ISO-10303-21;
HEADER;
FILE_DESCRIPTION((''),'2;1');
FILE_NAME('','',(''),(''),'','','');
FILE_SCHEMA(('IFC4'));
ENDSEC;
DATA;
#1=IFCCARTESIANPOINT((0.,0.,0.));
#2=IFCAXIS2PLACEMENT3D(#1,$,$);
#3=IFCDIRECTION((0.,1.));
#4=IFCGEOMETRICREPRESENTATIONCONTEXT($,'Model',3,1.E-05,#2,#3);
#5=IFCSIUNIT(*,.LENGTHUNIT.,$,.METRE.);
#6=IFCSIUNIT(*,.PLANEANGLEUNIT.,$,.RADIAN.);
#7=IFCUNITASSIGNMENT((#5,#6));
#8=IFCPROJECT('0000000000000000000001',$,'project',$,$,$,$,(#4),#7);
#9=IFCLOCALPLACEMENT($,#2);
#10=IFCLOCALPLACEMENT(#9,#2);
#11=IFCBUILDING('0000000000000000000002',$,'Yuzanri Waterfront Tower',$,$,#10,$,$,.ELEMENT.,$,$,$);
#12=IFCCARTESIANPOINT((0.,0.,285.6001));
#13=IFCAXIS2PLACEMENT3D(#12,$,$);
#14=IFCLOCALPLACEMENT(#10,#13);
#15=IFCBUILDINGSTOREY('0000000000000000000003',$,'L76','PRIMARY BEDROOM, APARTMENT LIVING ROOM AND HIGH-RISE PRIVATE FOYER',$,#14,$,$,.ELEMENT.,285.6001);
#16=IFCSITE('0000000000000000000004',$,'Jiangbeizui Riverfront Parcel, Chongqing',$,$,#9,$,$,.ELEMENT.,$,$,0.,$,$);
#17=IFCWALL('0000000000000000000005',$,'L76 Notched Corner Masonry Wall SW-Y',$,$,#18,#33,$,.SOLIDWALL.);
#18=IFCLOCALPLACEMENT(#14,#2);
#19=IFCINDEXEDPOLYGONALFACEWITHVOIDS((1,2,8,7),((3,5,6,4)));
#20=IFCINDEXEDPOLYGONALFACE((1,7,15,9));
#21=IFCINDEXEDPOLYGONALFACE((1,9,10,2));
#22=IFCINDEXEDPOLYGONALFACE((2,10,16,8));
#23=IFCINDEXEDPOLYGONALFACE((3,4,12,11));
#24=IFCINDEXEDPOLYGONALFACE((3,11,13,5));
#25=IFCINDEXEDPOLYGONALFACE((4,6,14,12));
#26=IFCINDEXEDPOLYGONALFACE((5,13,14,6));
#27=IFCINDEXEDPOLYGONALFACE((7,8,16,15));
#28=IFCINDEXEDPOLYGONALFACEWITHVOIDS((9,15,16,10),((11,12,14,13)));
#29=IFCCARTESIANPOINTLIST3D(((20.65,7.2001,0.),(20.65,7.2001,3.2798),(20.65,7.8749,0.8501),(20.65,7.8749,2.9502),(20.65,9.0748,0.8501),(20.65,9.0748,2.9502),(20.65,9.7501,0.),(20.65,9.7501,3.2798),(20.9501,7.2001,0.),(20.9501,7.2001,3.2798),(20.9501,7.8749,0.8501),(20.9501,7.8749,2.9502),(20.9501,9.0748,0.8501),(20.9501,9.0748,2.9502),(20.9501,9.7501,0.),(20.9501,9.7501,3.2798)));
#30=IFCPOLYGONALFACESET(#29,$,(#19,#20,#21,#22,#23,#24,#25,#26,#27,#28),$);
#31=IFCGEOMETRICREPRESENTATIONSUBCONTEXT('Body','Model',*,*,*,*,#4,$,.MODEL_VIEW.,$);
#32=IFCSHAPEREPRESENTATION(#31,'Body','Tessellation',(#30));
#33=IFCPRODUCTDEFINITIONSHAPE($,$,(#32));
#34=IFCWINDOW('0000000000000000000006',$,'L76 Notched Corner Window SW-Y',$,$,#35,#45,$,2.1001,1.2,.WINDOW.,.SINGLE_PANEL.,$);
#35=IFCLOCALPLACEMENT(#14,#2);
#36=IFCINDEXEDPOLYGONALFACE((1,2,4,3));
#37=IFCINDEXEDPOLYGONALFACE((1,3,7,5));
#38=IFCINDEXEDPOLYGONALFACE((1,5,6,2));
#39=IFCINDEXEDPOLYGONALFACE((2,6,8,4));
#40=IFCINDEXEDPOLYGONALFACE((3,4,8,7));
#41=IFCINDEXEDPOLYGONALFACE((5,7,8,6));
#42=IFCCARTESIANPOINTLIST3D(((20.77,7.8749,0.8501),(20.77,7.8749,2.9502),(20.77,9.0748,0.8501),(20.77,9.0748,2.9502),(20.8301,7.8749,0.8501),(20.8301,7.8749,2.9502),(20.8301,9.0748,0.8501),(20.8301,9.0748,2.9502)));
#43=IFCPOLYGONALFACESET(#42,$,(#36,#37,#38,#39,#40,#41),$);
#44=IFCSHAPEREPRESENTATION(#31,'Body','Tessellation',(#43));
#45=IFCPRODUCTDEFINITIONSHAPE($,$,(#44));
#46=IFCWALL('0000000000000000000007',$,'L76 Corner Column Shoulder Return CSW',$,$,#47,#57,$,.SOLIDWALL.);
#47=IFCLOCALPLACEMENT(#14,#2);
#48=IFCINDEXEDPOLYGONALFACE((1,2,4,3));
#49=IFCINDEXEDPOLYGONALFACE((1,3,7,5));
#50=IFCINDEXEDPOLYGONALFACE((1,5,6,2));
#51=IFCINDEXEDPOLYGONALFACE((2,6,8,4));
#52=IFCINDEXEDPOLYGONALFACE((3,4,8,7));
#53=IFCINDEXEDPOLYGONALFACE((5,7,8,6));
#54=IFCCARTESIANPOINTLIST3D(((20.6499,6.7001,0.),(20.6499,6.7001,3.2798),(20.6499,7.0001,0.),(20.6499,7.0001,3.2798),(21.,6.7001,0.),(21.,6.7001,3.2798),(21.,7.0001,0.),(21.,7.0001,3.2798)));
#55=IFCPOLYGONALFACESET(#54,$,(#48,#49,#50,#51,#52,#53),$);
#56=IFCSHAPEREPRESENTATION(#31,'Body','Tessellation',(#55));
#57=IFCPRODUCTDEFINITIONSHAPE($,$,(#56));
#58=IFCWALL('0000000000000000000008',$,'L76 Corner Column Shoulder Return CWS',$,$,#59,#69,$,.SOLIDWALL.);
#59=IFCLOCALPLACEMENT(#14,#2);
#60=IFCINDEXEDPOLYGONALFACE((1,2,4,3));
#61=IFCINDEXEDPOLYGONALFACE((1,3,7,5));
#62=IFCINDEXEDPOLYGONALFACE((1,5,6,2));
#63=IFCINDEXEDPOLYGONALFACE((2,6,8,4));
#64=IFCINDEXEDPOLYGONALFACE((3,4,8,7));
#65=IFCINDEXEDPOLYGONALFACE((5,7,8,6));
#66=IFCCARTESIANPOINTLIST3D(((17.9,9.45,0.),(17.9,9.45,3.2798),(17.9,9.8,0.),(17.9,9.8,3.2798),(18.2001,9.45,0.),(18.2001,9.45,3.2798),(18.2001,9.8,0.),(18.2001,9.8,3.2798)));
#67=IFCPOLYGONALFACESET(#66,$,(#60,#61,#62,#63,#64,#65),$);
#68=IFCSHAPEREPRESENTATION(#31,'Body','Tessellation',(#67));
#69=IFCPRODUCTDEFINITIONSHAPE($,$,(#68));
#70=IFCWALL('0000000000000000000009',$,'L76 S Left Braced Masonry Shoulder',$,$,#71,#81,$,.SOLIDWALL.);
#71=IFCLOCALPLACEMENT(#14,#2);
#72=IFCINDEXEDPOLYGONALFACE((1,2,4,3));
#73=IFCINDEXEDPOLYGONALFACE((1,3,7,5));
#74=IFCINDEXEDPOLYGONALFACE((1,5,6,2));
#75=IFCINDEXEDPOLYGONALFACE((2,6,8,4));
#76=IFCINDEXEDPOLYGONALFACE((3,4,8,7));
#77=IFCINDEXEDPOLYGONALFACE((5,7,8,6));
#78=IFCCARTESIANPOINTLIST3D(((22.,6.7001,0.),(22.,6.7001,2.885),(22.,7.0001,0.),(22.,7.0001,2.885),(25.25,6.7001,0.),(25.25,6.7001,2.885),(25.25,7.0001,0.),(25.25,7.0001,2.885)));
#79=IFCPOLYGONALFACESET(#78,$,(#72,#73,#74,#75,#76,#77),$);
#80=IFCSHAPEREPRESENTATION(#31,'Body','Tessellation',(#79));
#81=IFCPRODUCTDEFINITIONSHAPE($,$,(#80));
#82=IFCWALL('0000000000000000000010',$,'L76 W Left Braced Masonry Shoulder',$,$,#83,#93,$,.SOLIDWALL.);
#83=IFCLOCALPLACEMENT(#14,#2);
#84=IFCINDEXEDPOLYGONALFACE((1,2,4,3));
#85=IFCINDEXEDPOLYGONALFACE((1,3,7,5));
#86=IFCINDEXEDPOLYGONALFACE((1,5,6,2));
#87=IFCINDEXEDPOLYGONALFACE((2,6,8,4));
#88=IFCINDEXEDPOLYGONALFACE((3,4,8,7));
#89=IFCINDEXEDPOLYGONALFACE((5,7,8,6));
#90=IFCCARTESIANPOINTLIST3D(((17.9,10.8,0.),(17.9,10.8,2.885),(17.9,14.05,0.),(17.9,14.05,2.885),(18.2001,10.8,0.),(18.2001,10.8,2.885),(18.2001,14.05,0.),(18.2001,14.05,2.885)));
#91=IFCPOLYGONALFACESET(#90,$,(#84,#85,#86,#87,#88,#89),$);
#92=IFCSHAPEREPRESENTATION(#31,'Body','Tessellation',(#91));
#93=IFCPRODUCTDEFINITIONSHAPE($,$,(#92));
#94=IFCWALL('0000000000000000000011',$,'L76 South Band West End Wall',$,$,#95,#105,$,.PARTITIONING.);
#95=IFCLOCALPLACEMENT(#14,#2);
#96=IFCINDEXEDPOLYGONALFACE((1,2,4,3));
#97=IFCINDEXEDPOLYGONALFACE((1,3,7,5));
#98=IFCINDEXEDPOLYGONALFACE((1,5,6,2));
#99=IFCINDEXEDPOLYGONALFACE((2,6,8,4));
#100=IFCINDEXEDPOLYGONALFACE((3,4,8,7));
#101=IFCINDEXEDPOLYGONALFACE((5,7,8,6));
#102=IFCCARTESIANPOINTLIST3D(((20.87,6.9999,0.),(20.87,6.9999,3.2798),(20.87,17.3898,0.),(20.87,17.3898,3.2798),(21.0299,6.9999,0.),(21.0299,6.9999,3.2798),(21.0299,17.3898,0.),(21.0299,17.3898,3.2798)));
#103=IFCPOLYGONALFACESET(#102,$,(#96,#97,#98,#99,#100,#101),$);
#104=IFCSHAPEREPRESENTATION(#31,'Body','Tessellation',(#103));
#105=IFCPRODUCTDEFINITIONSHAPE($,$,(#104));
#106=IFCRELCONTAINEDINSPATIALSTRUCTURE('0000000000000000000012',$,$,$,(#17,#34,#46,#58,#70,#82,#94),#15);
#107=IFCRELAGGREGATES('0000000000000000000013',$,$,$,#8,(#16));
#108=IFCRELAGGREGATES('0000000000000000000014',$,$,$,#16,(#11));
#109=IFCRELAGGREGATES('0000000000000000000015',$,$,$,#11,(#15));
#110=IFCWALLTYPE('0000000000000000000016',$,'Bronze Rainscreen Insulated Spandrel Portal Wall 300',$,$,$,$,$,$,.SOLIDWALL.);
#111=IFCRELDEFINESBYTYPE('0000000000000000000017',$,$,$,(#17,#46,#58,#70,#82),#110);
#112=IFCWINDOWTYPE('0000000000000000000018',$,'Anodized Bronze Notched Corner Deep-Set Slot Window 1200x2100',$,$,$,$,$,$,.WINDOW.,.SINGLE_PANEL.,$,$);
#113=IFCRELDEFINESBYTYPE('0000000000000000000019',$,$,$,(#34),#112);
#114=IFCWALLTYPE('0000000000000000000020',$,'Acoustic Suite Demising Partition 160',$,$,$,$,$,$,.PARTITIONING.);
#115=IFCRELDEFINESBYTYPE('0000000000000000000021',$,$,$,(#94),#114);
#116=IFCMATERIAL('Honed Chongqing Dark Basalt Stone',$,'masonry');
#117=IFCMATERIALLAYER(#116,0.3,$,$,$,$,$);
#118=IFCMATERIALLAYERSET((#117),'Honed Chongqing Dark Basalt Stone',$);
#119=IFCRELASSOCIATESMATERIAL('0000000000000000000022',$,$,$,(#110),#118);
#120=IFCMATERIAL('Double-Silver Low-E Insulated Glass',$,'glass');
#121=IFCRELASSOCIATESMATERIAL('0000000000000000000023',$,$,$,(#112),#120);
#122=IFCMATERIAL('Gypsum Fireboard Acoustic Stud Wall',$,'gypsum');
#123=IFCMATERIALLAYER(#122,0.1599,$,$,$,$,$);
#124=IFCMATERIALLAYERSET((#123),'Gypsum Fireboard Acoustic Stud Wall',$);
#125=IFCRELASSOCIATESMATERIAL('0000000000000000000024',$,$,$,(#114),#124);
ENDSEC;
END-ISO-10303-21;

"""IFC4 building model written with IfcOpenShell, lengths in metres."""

from ifc_helpers import new_model, si_unit, direction, frame, frame_2d, origin, place, context, subcontext, project, spatial, rectangle, extrude, source, transform, mapped, material, layer, layer_set, type_object, element, fill, save


model = new_model("IFC4")

# Units and contexts
model_context = context("Model", 3, precision=1e-05, world=origin(), true_north=direction((0.0, 1.0)))
body_context = subcontext(model_context, "Body", "Model", "MODEL_VIEW")
ifc_project = project(units=[si_unit("LENGTHUNIT", "METRE"), si_unit("PLANEANGLEUNIT", "RADIAN")], contexts=[model_context])

# Site, building, storey
site_placement = place(None, origin())
site = spatial("IfcSite", under=ifc_project, at=site_placement, Name="Jiangbeizui Riverfront Parcel, Chongqing", CompositionType="ELEMENT", RefElevation=0.0)
building_placement = place(site_placement, origin())
building = spatial("IfcBuilding", under=site, at=building_placement, Name="Yuzanri Waterfront Tower", CompositionType="ELEMENT")
storey_placement = place(building_placement, frame((0.0, 0.0, 285.6001)))
storey = spatial("IfcBuildingStorey", under=building, at=storey_placement, Name="L76", Description="PRIMARY BEDROOM, APARTMENT LIVING ROOM AND HIGH-RISE PRIVATE FOYER", CompositionType="ELEMENT", Elevation=285.6001)

# Wall, opening, window
ifc_material_1 = material(Name="Honed Chongqing Dark Basalt Stone", Category="masonry")
ifc_layer_1 = layer(ifc_material_1, 0.3)
ifc_layer_set_1 = layer_set([ifc_layer_1], Name="Honed Chongqing Dark Basalt Stone")
wall_type_1 = type_object("IfcWallType", Name="Bronze Rainscreen Insulated Spandrel Portal Wall 300", PredefinedType="SOLIDWALL", material=ifc_layer_set_1)
wall_1_placement = place(storey_placement, frame((20.8, 9.75, 0.0), z_axis=(0.0, 0.0, 1.0), x_axis=(0.0, -1.0, 0.0)))
wall_1 = element("IfcWall", 1, at=wall_1_placement, inside=storey, type_object=wall_type_1, Name="L76 Notched Corner Masonry Wall SW-Y", PredefinedType="SOLIDWALL", context=body_context, shape_type="SweptSolid", body=[
    extrude(rectangle(XDim=2.55, YDim=0.3, at=frame_2d((1.2749, 0.0))), origin(), (0.0, 0.0, 1.0), 3.2798),
])
opening_1_placement = place(wall_1_placement, frame((0.675, 0.0, 0.8501)))
opening_1 = element("IfcOpeningElement", 2, at=opening_1_placement, cuts=wall_1, PredefinedType="OPENING", context=body_context, shape_type="SweptSolid", body=[
    extrude(rectangle(XDim=1.2, YDim=2.1001, at=frame_2d((0.6001, 1.05))), frame((0.0, 0.165, 0.0), z_axis=(0.0, -1.0, 0.0), x_axis=(1.0, 0.0, 0.0)), (0.0, 0.0, 1.0), 0.3298),
])
ifc_material_2 = material(Name="Double-Silver Low-E Insulated Glass", Category="glass")
window_type_1 = type_object("IfcWindowType", Name="Anodized Bronze Notched Corner Deep-Set Slot Window 1200x2100", PartitioningType="SINGLE_PANEL", PredefinedType="WINDOW", material=ifc_material_2)
shared_shape_1 = source(origin(), body_context, "Body", "SweptSolid", [
    extrude(rectangle(XDim=1.2, YDim=2.1001, at=frame_2d((0.6001, 1.05))), frame((0.0, 0.03, 0.0), z_axis=(0.0, -1.0, 0.0), x_axis=(1.0, 0.0, 0.0)), (0.0, 0.0, 1.0), 0.0601),
])
window_1_placement = place(opening_1_placement, origin())
window_1 = element("IfcWindow", 3, at=window_1_placement, inside=storey, type_object=window_type_1, Name="L76 Notched Corner Window SW-Y", OverallHeight=2.1001, OverallWidth=1.2, PartitioningType="SINGLE_PANEL", PredefinedType="WINDOW", context=body_context, shape_type="MappedRepresentation", body=[
    mapped(shared_shape_1, transform((0.0, 0.0, 0.0), scale=1.0)),
])
fill(opening_1, window_1)

# Walls
shared_shape_2 = source(origin(), body_context, "Body", "SweptSolid", [
    extrude(rectangle(XDim=0.3501, YDim=0.3, at=frame_2d((0.175, 0.0))), origin(), (0.0, 0.0, 1.0), 3.2798),
])
for number, where, z_axis, x_axis, name in (
    (4, (20.6499, 6.8501, 0.0), (0.0, 0.0, 1.0), (1.0, 0.0, 0.0), "L76 Corner Column Shoulder Return CSW"),
    (5, (18.05, 9.45, 0.0), (0.0, 0.0, 1.0), (0.0, 1.0, 0.0), "L76 Corner Column Shoulder Return CWS"),
):
    element("IfcWall", number, at=place(storey_placement, frame(where, z_axis=z_axis, x_axis=x_axis)), inside=storey, type_object=wall_type_1, Name=name, PredefinedType="SOLIDWALL", context=body_context, shape_type="MappedRepresentation", body=[
        mapped(shared_shape_2, transform((0.0, 0.0, 0.0), scale=1.0)),
    ])
shared_shape_3 = source(origin(), body_context, "Body", "SweptSolid", [
    extrude(rectangle(XDim=3.25, YDim=0.3, at=frame_2d((1.625, 0.0))), origin(), (0.0, 0.0, 1.0), 2.885),
])
for number, where, z_axis, x_axis, name in (
    (6, (22.0, 6.8501, 0.0), (0.0, 0.0, 1.0), (1.0, 0.0, 0.0), "L76 S Left Braced Masonry Shoulder"),
    (7, (18.05, 10.8, 0.0), (0.0, 0.0, 1.0), (0.0, 1.0, 0.0), "L76 W Left Braced Masonry Shoulder"),
):
    element("IfcWall", number, at=place(storey_placement, frame(where, z_axis=z_axis, x_axis=x_axis)), inside=storey, type_object=wall_type_1, Name=name, PredefinedType="SOLIDWALL", context=body_context, shape_type="MappedRepresentation", body=[
        mapped(shared_shape_3, transform((0.0, 0.0, 0.0), scale=1.0)),
    ])
ifc_material_3 = material(Name="Gypsum Fireboard Acoustic Stud Wall", Category="gypsum")
ifc_layer_2 = layer(ifc_material_3, 0.1599)
ifc_layer_set_2 = layer_set([ifc_layer_2], Name="Gypsum Fireboard Acoustic Stud Wall")
wall_type_2 = type_object("IfcWallType", Name="Acoustic Suite Demising Partition 160", PredefinedType="PARTITIONING", material=ifc_layer_set_2)
shared_shape_4 = source(origin(), body_context, "Body", "SweptSolid", [
    extrude(rectangle(XDim=10.3899, YDim=0.1599, at=frame_2d((5.1948, 0.0))), origin(), (0.0, 0.0, 1.0), 3.2798),
])
wall_2_placement = place(storey_placement, frame((20.95, 7.0, 0.0), z_axis=(0.0, 0.0, 1.0), x_axis=(0.0, 1.0, 0.0)))
element("IfcWall", 8, at=wall_2_placement, inside=storey, type_object=wall_type_2, Name="L76 South Band West End Wall", PredefinedType="PARTITIONING", context=body_context, shape_type="MappedRepresentation", body=[
    mapped(shared_shape_4, transform((0.0, 0.0, 0.0), scale=1.0)),
])

save(model, "model.ifc")
